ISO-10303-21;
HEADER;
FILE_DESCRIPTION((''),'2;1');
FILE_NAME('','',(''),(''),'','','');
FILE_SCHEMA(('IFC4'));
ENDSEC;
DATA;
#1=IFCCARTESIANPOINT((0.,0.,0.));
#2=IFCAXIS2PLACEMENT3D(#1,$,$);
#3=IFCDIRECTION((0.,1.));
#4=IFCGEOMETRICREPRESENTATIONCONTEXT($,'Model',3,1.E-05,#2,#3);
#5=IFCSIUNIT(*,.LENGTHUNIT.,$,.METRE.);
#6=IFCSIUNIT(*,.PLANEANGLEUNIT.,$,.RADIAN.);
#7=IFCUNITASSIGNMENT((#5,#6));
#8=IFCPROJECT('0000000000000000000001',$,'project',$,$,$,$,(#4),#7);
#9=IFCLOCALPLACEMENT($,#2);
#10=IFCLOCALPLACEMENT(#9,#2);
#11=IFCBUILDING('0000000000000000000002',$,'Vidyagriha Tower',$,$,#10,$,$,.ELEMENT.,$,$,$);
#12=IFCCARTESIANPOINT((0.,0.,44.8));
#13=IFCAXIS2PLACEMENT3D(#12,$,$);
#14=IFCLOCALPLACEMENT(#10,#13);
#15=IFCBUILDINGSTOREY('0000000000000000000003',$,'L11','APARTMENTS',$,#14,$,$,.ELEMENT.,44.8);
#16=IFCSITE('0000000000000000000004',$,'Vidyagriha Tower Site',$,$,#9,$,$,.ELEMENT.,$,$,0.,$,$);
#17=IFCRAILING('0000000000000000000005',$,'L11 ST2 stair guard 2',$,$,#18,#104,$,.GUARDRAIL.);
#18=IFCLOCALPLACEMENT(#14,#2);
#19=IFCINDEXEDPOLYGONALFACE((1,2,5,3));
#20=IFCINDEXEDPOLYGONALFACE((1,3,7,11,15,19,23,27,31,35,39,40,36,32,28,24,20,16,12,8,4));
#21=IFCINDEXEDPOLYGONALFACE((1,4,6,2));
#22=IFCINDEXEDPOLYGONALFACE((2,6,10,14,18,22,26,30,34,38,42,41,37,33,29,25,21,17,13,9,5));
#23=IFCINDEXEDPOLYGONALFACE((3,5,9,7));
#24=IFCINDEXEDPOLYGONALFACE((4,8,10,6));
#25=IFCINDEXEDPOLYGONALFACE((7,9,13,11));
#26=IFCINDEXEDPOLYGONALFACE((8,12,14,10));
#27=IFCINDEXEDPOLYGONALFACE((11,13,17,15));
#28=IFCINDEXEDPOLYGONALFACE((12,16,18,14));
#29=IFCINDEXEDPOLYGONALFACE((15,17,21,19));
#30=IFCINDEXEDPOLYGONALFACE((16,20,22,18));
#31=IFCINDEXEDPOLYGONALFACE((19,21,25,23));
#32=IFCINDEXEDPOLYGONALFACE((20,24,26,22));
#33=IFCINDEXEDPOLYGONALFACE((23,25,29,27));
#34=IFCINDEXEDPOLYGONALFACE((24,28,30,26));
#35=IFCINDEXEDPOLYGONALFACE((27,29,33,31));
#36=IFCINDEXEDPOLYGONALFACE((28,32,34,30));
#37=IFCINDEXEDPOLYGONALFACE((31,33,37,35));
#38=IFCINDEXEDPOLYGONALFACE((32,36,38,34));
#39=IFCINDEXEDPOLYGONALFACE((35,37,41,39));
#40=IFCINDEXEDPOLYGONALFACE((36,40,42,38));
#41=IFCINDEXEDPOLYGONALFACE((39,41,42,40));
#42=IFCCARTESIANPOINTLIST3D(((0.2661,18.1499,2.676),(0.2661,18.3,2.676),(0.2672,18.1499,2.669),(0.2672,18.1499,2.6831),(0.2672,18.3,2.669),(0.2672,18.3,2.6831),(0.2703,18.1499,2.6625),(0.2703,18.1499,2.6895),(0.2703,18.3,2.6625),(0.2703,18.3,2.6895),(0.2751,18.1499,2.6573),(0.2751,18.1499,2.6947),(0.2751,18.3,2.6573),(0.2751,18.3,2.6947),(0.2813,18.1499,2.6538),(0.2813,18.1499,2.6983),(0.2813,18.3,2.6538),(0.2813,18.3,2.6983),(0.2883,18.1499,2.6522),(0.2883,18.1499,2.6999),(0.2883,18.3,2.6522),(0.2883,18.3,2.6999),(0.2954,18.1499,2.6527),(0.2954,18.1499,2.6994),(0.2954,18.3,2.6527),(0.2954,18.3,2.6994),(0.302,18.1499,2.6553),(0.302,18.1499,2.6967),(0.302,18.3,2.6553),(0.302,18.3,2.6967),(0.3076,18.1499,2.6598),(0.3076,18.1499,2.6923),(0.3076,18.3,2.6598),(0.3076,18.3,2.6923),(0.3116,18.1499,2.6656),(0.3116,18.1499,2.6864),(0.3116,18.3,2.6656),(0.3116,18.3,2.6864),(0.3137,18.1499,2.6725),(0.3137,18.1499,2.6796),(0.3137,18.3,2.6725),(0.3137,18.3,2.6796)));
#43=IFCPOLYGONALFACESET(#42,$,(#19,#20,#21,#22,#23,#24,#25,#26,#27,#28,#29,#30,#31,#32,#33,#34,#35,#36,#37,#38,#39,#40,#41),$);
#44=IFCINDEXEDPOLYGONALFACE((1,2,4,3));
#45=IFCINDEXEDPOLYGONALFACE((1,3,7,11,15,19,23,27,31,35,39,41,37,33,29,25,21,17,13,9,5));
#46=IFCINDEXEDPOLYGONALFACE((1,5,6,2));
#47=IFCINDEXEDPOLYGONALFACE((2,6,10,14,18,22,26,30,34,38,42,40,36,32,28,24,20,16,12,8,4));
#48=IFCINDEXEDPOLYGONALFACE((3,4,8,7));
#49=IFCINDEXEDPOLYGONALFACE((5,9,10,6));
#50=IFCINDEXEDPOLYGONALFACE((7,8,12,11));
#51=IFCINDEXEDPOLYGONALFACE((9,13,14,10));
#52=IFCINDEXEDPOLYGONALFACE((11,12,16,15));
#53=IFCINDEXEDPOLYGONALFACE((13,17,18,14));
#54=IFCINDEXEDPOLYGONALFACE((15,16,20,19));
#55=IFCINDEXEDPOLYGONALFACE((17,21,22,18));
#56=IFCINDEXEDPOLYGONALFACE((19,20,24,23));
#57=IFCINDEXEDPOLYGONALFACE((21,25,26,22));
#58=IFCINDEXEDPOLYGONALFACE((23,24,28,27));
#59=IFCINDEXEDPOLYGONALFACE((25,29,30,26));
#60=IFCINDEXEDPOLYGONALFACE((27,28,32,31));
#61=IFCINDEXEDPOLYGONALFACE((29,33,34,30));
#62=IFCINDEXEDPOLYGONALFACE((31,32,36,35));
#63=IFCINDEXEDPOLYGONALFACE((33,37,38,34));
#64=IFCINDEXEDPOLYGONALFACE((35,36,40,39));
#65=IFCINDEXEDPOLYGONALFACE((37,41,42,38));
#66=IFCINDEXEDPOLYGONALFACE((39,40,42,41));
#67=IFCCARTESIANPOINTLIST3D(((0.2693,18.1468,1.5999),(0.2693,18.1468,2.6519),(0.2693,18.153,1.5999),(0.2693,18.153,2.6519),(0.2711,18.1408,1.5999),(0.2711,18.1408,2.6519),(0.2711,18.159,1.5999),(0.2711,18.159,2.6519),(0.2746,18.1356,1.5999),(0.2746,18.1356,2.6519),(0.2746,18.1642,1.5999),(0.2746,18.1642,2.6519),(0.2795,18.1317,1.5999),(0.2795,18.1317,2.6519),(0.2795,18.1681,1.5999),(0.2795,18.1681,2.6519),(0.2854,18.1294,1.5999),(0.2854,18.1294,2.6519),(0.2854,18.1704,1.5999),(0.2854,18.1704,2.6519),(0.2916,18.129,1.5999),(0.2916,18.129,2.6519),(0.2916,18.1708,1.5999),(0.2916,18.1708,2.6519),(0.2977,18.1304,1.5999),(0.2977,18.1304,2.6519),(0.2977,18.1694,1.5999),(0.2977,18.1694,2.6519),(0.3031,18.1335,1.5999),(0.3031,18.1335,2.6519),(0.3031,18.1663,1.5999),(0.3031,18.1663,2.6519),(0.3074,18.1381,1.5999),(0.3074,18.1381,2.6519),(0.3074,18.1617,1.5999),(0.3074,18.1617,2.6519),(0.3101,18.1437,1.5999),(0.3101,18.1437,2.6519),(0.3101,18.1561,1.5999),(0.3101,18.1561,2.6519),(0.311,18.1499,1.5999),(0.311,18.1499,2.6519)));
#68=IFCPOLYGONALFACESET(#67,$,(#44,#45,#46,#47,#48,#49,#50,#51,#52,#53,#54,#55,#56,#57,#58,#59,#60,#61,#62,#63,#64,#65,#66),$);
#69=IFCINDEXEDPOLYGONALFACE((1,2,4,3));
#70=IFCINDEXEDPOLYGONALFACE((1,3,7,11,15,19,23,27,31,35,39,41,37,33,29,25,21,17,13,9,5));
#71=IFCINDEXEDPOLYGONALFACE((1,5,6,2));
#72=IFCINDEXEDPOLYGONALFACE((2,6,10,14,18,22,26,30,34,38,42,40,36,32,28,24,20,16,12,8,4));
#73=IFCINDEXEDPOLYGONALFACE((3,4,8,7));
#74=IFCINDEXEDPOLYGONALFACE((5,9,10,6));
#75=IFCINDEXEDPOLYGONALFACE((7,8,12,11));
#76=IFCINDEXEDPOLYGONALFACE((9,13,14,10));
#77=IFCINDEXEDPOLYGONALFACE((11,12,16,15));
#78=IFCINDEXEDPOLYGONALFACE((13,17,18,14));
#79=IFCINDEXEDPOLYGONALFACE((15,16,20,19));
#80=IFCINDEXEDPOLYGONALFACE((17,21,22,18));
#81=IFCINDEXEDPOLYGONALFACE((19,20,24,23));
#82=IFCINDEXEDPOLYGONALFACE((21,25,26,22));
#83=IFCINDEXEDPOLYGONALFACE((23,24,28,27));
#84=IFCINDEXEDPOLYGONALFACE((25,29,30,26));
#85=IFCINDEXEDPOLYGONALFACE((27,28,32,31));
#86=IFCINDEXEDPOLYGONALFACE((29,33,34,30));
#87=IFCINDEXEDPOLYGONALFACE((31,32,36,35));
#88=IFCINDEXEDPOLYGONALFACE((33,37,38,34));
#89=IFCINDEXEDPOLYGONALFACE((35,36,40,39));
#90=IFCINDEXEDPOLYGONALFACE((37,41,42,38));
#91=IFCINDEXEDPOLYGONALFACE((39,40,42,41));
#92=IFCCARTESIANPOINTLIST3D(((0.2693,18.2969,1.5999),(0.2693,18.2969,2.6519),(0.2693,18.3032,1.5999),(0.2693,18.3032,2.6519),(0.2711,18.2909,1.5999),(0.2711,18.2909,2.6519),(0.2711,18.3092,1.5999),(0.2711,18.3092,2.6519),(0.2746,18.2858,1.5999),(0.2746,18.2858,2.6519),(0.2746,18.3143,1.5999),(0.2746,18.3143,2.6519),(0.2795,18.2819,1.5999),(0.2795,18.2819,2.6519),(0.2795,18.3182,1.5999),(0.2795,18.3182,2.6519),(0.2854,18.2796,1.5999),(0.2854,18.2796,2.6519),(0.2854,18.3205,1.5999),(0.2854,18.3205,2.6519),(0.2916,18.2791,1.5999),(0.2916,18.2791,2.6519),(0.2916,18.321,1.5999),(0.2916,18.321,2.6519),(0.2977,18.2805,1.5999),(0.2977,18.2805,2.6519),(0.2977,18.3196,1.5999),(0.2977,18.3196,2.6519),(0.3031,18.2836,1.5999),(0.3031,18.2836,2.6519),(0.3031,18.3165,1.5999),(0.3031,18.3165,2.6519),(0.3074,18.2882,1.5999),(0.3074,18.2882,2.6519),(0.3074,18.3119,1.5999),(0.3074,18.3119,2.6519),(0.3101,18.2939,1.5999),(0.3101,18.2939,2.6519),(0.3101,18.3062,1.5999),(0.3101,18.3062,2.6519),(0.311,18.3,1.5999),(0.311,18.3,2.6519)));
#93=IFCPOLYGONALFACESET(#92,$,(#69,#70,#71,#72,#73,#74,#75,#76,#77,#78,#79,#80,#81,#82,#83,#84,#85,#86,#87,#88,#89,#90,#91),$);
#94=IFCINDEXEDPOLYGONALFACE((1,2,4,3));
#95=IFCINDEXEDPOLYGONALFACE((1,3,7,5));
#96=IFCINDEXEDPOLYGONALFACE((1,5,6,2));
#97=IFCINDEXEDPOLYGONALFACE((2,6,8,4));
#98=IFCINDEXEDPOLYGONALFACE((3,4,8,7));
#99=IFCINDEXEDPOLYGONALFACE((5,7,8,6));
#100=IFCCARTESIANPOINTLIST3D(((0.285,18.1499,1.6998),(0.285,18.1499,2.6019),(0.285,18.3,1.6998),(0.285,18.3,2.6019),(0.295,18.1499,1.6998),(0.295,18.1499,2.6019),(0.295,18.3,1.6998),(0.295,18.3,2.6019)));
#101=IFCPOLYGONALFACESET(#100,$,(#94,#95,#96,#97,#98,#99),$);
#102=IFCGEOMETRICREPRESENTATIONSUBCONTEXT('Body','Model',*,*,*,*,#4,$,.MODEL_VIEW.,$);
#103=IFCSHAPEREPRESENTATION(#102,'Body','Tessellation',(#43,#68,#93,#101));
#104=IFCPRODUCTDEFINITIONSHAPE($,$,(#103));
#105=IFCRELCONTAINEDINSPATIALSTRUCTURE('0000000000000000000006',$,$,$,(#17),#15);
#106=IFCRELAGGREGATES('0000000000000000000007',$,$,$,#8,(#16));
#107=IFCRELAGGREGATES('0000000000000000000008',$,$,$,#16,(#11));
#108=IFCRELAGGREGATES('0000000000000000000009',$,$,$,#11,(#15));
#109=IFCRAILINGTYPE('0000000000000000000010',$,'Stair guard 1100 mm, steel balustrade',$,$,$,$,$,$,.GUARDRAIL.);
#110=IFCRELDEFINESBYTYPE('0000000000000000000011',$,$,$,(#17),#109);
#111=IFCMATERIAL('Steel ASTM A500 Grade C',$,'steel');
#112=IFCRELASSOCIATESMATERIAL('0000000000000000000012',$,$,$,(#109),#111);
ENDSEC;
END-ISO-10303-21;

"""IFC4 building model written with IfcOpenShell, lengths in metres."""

from ifc_helpers import new_model, si_unit, direction, frame, origin, origin_2d, place, context, subcontext, project, spatial, rectangle, circle, extrude, material, type_object, element, save


model = new_model("IFC4")

# Units and contexts
model_context = context("Model", 3, precision=1e-05, world=origin(), true_north=direction((0.0, 1.0)))
body_context = subcontext(model_context, "Body", "Model", "MODEL_VIEW")
ifc_project = project(units=[si_unit("LENGTHUNIT", "METRE"), si_unit("PLANEANGLEUNIT", "RADIAN")], contexts=[model_context])

# Site, building, storey
site_placement = place(None, origin())
site = spatial("IfcSite", under=ifc_project, at=site_placement, Name="Vidyagriha Tower Site", CompositionType="ELEMENT", RefElevation=0.0)
building_placement = place(site_placement, origin())
building = spatial("IfcBuilding", under=site, at=building_placement, Name="Vidyagriha Tower", CompositionType="ELEMENT")
storey_placement = place(building_placement, frame((0.0, 0.0, 44.8)))
storey = spatial("IfcBuildingStorey", under=building, at=storey_placement, Name="L11", Description="APARTMENTS", CompositionType="ELEMENT", Elevation=44.8)

# Railing
ifc_material_1 = material(Name="Steel ASTM A500 Grade C", Category="steel")
railing_type_1 = type_object("IfcRailingType", Name="Stair guard 1100 mm, steel balustrade", PredefinedType="GUARDRAIL", material=ifc_material_1)
railing_1_placement = place(storey_placement, frame((0.29, 18.1499, 1.5999)))
element("IfcRailing", 1, at=railing_1_placement, inside=storey, type_object=railing_type_1, Name="L11 ST2 stair guard 2", PredefinedType="GUARDRAIL", context=body_context, shape_type="SweptSolid", body=[
    extrude(circle(Radius=0.0239, at=origin_2d()), frame((0.0, 0.0, 1.0762), z_axis=(0.0, 1.0, 0.0), x_axis=(-1.0, 0.0, 0.0)), (0.0, 0.0, 1.0), 0.1501),
    extrude(circle(Radius=0.021, at=origin_2d()), origin(), (0.0, 0.0, 1.0), 1.052),
    extrude(circle(Radius=0.021, at=origin_2d()), frame((0.0, 0.1501, 0.0)), (0.0, 0.0, 1.0), 1.052),
    extrude(rectangle(XDim=0.01, YDim=0.9021, at=origin_2d()), frame((0.0, 0.0, 0.551), z_axis=(0.0, 1.0, 0.0), x_axis=(-1.0, 0.0, 0.0)), (0.0, 0.0, 1.0), 0.1501),
])

save(model, "model.ifc")
